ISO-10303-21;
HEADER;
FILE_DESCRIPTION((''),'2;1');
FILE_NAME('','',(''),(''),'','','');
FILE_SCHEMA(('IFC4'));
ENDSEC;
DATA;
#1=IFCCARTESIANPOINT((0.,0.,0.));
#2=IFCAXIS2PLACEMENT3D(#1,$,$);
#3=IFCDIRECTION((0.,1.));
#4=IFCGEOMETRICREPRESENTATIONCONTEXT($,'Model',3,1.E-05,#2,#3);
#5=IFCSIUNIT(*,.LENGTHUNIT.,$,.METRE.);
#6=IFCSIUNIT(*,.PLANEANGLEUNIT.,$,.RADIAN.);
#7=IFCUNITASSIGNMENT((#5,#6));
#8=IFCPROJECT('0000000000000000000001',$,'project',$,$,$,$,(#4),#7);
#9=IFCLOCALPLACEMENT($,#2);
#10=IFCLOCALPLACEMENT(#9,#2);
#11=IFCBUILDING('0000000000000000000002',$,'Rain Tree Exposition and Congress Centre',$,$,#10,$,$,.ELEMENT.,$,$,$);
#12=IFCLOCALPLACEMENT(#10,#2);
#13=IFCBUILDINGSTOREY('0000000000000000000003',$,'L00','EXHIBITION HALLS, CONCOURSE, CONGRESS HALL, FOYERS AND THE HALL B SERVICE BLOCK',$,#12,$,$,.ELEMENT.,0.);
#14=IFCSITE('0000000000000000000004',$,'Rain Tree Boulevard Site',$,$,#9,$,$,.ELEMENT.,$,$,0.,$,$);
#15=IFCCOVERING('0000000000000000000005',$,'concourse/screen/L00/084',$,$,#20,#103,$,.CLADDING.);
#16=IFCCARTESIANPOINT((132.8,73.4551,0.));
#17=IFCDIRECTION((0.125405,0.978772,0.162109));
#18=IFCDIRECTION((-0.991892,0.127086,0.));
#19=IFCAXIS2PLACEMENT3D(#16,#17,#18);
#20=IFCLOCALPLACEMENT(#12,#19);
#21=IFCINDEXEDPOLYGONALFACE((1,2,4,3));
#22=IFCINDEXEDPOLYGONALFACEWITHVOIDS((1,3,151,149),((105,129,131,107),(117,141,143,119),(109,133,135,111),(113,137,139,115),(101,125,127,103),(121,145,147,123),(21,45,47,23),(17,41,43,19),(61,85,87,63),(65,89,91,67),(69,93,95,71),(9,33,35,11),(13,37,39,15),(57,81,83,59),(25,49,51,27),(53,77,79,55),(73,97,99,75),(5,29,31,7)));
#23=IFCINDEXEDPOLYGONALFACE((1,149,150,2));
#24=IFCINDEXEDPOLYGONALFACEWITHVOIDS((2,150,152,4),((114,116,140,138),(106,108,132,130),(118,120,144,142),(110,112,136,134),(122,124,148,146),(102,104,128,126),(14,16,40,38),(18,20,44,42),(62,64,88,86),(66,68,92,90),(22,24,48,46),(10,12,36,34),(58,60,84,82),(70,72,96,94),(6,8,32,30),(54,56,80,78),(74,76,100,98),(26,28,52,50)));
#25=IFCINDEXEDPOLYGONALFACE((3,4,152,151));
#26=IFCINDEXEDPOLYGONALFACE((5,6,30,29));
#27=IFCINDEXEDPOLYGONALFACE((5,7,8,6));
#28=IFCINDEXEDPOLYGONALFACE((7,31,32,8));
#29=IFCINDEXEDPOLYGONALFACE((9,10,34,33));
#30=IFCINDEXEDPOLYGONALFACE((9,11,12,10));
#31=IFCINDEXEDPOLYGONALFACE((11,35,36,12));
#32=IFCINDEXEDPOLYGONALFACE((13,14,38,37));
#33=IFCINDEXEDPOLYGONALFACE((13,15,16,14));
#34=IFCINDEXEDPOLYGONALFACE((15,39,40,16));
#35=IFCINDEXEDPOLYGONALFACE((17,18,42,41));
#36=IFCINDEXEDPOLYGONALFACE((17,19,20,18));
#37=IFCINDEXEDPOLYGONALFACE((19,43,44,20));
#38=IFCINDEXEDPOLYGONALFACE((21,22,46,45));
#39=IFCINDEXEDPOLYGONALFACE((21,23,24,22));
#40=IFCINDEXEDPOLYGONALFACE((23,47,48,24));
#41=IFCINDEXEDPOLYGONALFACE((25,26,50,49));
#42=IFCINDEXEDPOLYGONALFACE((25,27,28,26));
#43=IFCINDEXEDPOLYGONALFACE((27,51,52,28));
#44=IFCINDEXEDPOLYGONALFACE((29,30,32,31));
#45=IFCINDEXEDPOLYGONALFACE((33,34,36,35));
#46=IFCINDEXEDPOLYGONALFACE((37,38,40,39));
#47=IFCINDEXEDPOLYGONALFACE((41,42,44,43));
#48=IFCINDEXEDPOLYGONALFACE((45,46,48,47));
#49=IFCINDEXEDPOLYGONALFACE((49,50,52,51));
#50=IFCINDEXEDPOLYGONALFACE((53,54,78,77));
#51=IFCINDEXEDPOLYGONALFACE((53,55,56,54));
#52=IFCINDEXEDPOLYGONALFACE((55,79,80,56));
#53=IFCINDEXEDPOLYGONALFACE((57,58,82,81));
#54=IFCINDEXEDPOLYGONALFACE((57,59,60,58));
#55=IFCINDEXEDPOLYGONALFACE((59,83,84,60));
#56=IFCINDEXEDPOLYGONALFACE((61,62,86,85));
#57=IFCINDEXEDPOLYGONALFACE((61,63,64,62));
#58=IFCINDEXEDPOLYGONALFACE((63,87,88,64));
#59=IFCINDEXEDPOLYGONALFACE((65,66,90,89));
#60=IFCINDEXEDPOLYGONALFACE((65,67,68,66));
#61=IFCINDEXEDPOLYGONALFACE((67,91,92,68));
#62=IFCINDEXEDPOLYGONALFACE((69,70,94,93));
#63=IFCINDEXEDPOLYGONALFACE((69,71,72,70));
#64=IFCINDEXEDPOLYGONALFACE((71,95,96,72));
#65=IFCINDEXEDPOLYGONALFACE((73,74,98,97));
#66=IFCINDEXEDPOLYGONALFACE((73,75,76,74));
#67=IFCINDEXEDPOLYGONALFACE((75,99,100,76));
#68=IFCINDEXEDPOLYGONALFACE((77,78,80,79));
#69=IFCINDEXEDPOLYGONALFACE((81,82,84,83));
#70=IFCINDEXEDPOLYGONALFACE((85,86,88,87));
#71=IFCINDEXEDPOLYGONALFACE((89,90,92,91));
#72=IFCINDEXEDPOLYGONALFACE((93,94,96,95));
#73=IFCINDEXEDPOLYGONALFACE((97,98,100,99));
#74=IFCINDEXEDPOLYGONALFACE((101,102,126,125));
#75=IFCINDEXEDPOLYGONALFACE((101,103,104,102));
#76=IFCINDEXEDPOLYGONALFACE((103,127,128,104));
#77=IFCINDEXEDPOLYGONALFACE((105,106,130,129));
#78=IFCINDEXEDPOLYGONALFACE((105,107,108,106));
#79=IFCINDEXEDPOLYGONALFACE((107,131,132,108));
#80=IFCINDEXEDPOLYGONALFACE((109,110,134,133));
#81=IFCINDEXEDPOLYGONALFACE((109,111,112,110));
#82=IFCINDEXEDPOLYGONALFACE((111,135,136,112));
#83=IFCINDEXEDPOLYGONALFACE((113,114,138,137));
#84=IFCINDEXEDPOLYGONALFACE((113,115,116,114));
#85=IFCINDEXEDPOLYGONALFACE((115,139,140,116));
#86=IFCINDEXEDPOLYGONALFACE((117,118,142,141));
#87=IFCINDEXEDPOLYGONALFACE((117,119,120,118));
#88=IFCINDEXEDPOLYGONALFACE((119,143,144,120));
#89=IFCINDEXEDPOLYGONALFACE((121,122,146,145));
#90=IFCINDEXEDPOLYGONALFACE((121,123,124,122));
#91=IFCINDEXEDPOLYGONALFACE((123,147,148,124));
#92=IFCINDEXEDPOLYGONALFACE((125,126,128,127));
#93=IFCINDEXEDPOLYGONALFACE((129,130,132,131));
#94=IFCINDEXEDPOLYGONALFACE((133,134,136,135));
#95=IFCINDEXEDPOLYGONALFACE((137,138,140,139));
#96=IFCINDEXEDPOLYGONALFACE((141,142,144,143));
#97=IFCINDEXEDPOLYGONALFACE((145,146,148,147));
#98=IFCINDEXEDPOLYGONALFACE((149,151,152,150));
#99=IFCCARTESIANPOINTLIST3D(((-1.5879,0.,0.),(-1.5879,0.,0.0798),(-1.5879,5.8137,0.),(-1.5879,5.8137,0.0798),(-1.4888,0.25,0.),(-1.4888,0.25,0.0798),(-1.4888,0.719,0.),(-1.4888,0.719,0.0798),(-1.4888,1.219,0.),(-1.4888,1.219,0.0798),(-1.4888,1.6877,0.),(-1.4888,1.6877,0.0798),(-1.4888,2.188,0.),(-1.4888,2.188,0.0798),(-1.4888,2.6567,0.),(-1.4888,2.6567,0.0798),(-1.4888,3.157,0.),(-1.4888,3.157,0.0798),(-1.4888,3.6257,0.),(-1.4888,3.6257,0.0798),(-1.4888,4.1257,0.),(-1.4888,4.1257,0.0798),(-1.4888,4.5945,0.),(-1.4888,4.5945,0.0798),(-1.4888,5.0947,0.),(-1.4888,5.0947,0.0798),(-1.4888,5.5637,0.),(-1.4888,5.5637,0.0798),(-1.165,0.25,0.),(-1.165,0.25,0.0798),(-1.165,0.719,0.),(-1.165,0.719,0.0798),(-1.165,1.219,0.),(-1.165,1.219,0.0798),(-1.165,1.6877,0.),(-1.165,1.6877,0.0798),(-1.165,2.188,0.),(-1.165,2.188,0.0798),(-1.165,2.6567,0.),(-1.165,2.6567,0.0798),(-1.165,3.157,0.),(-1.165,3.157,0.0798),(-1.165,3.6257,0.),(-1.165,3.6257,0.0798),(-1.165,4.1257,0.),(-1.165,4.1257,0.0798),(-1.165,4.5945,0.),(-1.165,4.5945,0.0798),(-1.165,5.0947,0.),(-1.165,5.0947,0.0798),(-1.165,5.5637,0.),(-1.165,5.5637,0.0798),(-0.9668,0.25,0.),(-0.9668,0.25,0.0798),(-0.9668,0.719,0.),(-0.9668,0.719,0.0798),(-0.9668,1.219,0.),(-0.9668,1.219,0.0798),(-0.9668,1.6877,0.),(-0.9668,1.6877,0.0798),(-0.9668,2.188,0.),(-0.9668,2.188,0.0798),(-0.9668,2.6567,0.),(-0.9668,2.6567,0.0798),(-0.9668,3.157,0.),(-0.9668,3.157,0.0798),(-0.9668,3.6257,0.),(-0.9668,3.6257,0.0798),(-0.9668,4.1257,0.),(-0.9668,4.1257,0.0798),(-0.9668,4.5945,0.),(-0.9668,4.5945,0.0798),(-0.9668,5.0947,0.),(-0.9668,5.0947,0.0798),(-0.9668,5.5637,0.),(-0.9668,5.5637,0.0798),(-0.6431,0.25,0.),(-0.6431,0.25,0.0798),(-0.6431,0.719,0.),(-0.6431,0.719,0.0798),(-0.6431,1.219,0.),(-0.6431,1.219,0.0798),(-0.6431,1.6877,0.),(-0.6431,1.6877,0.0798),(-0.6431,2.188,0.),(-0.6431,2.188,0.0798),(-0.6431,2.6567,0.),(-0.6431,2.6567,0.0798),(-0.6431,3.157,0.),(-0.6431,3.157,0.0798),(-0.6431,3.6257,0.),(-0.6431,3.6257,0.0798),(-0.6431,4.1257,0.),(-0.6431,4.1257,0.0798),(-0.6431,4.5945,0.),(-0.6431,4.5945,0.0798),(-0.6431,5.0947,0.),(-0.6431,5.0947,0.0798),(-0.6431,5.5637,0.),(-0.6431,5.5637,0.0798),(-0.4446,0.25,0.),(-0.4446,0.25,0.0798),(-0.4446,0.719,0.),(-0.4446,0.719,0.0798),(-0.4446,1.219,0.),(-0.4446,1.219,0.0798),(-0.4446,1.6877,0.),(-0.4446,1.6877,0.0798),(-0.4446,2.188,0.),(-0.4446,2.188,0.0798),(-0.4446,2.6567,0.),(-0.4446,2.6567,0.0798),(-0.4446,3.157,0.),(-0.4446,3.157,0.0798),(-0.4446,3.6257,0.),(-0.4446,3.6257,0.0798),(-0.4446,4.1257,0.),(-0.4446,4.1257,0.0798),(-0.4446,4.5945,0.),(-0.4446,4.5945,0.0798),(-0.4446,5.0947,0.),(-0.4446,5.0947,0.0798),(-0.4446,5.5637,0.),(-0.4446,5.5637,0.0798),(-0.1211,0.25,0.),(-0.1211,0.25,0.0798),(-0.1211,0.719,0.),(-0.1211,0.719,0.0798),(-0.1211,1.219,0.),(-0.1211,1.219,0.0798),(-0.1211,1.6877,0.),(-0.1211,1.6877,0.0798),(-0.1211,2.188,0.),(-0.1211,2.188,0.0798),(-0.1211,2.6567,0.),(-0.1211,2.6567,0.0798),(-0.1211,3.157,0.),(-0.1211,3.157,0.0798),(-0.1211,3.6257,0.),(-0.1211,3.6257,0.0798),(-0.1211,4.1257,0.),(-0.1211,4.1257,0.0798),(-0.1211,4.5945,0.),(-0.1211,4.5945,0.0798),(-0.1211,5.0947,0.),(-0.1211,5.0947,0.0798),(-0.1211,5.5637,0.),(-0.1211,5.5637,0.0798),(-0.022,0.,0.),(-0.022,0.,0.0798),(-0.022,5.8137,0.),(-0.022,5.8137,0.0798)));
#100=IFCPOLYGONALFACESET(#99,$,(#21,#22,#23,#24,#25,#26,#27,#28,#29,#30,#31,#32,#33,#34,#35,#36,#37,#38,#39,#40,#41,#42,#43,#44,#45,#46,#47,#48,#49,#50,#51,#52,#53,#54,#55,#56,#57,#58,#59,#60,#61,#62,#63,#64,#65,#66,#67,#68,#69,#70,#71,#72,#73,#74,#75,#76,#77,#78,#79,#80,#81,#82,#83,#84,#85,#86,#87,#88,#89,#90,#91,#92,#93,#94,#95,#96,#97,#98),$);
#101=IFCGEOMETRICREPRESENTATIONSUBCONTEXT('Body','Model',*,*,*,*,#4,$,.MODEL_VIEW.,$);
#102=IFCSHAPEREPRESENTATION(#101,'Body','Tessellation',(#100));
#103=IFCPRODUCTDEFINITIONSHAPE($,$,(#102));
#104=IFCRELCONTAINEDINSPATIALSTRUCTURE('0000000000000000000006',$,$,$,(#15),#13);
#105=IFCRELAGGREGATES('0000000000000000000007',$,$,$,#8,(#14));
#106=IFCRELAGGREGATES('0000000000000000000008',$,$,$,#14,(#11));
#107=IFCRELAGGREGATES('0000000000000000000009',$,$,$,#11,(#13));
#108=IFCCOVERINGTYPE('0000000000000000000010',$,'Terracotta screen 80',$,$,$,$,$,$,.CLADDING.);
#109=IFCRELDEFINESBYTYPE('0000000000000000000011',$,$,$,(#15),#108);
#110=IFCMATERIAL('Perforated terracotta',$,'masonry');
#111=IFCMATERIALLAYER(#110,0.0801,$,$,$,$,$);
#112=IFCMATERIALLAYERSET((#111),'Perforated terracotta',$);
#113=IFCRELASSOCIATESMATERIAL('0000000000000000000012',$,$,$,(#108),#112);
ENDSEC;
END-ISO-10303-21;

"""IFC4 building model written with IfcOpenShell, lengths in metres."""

from ifc_helpers import new_model, si_unit, direction, frame, origin, place, context, subcontext, project, spatial, polyline, outline, extrude, material, layer, layer_set, type_object, element, save


model = new_model("IFC4")

# Units and contexts
model_context = context("Model", 3, precision=1e-05, world=origin(), true_north=direction((0.0, 1.0)))
body_context = subcontext(model_context, "Body", "Model", "MODEL_VIEW")
ifc_project = project(units=[si_unit("LENGTHUNIT", "METRE"), si_unit("PLANEANGLEUNIT", "RADIAN")], contexts=[model_context])

# Site, building, storey
site_placement = place(None, origin())
site = spatial("IfcSite", under=ifc_project, at=site_placement, Name="Rain Tree Boulevard Site", CompositionType="ELEMENT", RefElevation=0.0)
building_placement = place(site_placement, origin())
building = spatial("IfcBuilding", under=site, at=building_placement, Name="Rain Tree Exposition and Congress Centre", CompositionType="ELEMENT")
storey_placement = place(building_placement, origin())
storey = spatial("IfcBuildingStorey", under=building, at=storey_placement, Name="L00", Description="EXHIBITION HALLS, CONCOURSE, CONGRESS HALL, FOYERS AND THE HALL B SERVICE BLOCK", CompositionType="ELEMENT", Elevation=0.0)

# Covering
ifc_material_1 = material(Name="Perforated terracotta", Category="masonry")
ifc_layer_1 = layer(ifc_material_1, 0.0801)
ifc_layer_set_1 = layer_set([ifc_layer_1], Name="Perforated terracotta")
covering_type_1 = type_object("IfcCoveringType", Name="Terracotta screen 80", PredefinedType="CLADDING", material=ifc_layer_set_1)
covering_1_placement = place(storey_placement, frame((132.8, 73.4551, 0.0), z_axis=(0.125405, 0.978772, 0.162109), x_axis=(-0.991892, 0.127086, 0.0)))
element("IfcCovering", 1, at=covering_1_placement, inside=storey, type_object=covering_type_1, Name="concourse/screen/L00/084", PredefinedType="CLADDING", context=body_context, shape_type="SweptSolid", body=[
    extrude(outline(polyline([(-0.022, 0.0), (-1.5879, 0.0), (-1.5879, 5.8137), (-0.022, 5.8137), (-0.022, 0.0)]), holes=[polyline([(-0.1211, 0.25), (-0.1211, 0.719), (-0.4446, 0.719), (-0.4446, 0.25), (-0.1211, 0.25)]), polyline([(-0.1211, 1.219), (-0.1211, 1.6877), (-0.4446, 1.6877), (-0.4446, 1.219), (-0.1211, 1.219)]), polyline([(-0.1211, 2.188), (-0.1211, 2.6567), (-0.4446, 2.6567), (-0.4446, 2.188), (-0.1211, 2.188)]), polyline([(-0.1211, 3.157), (-0.1211, 3.6257), (-0.4446, 3.6257), (-0.4446, 3.157), (-0.1211, 3.157)]), polyline([(-0.1211, 4.1257), (-0.1211, 4.5945), (-0.4446, 4.5945), (-0.4446, 4.1257), (-0.1211, 4.1257)]), polyline([(-0.1211, 5.0947), (-0.1211, 5.5637), (-0.4446, 5.5637), (-0.4446, 5.0947), (-0.1211, 5.0947)]), polyline([(-0.6431, 0.25), (-0.6431, 0.719), (-0.9668, 0.719), (-0.9668, 0.25), (-0.6431, 0.25)]), polyline([(-0.6431, 1.219), (-0.6431, 1.6877), (-0.9668, 1.6877), (-0.9668, 1.219), (-0.6431, 1.219)]), polyline([(-0.6431, 2.188), (-0.6431, 2.6567), (-0.9668, 2.6567), (-0.9668, 2.188), (-0.6431, 2.188)]), polyline([(-0.6431, 3.157), (-0.6431, 3.6257), (-0.9668, 3.6257), (-0.9668, 3.157), (-0.6431, 3.157)]), polyline([(-0.6431, 4.1257), (-0.6431, 4.5945), (-0.9668, 4.5945), (-0.9668, 4.1257), (-0.6431, 4.1257)]), polyline([(-0.6431, 5.0947), (-0.6431, 5.5637), (-0.9668, 5.5637), (-0.9668, 5.0947), (-0.6431, 5.0947)]), polyline([(-1.165, 0.25), (-1.165, 0.719), (-1.4888, 0.719), (-1.4888, 0.25), (-1.165, 0.25)]), polyline([(-1.165, 1.219), (-1.165, 1.6877), (-1.4888, 1.6877), (-1.4888, 1.219), (-1.165, 1.219)]), polyline([(-1.165, 2.188), (-1.165, 2.6567), (-1.4888, 2.6567), (-1.4888, 2.188), (-1.165, 2.188)]), polyline([(-1.165, 3.157), (-1.165, 3.6257), (-1.4888, 3.6257), (-1.4888, 3.157), (-1.165, 3.157)]), polyline([(-1.165, 4.1257), (-1.165, 4.5945), (-1.4888, 4.5945), (-1.4888, 4.1257), (-1.165, 4.1257)]), polyline([(-1.165, 5.0947), (-1.165, 5.5637), (-1.4888, 5.5637), (-1.4888, 5.0947), (-1.165, 5.0947)])]), origin(), (0.0, 0.0, 1.0), 0.0798),
])

save(model, "model.ifc")
